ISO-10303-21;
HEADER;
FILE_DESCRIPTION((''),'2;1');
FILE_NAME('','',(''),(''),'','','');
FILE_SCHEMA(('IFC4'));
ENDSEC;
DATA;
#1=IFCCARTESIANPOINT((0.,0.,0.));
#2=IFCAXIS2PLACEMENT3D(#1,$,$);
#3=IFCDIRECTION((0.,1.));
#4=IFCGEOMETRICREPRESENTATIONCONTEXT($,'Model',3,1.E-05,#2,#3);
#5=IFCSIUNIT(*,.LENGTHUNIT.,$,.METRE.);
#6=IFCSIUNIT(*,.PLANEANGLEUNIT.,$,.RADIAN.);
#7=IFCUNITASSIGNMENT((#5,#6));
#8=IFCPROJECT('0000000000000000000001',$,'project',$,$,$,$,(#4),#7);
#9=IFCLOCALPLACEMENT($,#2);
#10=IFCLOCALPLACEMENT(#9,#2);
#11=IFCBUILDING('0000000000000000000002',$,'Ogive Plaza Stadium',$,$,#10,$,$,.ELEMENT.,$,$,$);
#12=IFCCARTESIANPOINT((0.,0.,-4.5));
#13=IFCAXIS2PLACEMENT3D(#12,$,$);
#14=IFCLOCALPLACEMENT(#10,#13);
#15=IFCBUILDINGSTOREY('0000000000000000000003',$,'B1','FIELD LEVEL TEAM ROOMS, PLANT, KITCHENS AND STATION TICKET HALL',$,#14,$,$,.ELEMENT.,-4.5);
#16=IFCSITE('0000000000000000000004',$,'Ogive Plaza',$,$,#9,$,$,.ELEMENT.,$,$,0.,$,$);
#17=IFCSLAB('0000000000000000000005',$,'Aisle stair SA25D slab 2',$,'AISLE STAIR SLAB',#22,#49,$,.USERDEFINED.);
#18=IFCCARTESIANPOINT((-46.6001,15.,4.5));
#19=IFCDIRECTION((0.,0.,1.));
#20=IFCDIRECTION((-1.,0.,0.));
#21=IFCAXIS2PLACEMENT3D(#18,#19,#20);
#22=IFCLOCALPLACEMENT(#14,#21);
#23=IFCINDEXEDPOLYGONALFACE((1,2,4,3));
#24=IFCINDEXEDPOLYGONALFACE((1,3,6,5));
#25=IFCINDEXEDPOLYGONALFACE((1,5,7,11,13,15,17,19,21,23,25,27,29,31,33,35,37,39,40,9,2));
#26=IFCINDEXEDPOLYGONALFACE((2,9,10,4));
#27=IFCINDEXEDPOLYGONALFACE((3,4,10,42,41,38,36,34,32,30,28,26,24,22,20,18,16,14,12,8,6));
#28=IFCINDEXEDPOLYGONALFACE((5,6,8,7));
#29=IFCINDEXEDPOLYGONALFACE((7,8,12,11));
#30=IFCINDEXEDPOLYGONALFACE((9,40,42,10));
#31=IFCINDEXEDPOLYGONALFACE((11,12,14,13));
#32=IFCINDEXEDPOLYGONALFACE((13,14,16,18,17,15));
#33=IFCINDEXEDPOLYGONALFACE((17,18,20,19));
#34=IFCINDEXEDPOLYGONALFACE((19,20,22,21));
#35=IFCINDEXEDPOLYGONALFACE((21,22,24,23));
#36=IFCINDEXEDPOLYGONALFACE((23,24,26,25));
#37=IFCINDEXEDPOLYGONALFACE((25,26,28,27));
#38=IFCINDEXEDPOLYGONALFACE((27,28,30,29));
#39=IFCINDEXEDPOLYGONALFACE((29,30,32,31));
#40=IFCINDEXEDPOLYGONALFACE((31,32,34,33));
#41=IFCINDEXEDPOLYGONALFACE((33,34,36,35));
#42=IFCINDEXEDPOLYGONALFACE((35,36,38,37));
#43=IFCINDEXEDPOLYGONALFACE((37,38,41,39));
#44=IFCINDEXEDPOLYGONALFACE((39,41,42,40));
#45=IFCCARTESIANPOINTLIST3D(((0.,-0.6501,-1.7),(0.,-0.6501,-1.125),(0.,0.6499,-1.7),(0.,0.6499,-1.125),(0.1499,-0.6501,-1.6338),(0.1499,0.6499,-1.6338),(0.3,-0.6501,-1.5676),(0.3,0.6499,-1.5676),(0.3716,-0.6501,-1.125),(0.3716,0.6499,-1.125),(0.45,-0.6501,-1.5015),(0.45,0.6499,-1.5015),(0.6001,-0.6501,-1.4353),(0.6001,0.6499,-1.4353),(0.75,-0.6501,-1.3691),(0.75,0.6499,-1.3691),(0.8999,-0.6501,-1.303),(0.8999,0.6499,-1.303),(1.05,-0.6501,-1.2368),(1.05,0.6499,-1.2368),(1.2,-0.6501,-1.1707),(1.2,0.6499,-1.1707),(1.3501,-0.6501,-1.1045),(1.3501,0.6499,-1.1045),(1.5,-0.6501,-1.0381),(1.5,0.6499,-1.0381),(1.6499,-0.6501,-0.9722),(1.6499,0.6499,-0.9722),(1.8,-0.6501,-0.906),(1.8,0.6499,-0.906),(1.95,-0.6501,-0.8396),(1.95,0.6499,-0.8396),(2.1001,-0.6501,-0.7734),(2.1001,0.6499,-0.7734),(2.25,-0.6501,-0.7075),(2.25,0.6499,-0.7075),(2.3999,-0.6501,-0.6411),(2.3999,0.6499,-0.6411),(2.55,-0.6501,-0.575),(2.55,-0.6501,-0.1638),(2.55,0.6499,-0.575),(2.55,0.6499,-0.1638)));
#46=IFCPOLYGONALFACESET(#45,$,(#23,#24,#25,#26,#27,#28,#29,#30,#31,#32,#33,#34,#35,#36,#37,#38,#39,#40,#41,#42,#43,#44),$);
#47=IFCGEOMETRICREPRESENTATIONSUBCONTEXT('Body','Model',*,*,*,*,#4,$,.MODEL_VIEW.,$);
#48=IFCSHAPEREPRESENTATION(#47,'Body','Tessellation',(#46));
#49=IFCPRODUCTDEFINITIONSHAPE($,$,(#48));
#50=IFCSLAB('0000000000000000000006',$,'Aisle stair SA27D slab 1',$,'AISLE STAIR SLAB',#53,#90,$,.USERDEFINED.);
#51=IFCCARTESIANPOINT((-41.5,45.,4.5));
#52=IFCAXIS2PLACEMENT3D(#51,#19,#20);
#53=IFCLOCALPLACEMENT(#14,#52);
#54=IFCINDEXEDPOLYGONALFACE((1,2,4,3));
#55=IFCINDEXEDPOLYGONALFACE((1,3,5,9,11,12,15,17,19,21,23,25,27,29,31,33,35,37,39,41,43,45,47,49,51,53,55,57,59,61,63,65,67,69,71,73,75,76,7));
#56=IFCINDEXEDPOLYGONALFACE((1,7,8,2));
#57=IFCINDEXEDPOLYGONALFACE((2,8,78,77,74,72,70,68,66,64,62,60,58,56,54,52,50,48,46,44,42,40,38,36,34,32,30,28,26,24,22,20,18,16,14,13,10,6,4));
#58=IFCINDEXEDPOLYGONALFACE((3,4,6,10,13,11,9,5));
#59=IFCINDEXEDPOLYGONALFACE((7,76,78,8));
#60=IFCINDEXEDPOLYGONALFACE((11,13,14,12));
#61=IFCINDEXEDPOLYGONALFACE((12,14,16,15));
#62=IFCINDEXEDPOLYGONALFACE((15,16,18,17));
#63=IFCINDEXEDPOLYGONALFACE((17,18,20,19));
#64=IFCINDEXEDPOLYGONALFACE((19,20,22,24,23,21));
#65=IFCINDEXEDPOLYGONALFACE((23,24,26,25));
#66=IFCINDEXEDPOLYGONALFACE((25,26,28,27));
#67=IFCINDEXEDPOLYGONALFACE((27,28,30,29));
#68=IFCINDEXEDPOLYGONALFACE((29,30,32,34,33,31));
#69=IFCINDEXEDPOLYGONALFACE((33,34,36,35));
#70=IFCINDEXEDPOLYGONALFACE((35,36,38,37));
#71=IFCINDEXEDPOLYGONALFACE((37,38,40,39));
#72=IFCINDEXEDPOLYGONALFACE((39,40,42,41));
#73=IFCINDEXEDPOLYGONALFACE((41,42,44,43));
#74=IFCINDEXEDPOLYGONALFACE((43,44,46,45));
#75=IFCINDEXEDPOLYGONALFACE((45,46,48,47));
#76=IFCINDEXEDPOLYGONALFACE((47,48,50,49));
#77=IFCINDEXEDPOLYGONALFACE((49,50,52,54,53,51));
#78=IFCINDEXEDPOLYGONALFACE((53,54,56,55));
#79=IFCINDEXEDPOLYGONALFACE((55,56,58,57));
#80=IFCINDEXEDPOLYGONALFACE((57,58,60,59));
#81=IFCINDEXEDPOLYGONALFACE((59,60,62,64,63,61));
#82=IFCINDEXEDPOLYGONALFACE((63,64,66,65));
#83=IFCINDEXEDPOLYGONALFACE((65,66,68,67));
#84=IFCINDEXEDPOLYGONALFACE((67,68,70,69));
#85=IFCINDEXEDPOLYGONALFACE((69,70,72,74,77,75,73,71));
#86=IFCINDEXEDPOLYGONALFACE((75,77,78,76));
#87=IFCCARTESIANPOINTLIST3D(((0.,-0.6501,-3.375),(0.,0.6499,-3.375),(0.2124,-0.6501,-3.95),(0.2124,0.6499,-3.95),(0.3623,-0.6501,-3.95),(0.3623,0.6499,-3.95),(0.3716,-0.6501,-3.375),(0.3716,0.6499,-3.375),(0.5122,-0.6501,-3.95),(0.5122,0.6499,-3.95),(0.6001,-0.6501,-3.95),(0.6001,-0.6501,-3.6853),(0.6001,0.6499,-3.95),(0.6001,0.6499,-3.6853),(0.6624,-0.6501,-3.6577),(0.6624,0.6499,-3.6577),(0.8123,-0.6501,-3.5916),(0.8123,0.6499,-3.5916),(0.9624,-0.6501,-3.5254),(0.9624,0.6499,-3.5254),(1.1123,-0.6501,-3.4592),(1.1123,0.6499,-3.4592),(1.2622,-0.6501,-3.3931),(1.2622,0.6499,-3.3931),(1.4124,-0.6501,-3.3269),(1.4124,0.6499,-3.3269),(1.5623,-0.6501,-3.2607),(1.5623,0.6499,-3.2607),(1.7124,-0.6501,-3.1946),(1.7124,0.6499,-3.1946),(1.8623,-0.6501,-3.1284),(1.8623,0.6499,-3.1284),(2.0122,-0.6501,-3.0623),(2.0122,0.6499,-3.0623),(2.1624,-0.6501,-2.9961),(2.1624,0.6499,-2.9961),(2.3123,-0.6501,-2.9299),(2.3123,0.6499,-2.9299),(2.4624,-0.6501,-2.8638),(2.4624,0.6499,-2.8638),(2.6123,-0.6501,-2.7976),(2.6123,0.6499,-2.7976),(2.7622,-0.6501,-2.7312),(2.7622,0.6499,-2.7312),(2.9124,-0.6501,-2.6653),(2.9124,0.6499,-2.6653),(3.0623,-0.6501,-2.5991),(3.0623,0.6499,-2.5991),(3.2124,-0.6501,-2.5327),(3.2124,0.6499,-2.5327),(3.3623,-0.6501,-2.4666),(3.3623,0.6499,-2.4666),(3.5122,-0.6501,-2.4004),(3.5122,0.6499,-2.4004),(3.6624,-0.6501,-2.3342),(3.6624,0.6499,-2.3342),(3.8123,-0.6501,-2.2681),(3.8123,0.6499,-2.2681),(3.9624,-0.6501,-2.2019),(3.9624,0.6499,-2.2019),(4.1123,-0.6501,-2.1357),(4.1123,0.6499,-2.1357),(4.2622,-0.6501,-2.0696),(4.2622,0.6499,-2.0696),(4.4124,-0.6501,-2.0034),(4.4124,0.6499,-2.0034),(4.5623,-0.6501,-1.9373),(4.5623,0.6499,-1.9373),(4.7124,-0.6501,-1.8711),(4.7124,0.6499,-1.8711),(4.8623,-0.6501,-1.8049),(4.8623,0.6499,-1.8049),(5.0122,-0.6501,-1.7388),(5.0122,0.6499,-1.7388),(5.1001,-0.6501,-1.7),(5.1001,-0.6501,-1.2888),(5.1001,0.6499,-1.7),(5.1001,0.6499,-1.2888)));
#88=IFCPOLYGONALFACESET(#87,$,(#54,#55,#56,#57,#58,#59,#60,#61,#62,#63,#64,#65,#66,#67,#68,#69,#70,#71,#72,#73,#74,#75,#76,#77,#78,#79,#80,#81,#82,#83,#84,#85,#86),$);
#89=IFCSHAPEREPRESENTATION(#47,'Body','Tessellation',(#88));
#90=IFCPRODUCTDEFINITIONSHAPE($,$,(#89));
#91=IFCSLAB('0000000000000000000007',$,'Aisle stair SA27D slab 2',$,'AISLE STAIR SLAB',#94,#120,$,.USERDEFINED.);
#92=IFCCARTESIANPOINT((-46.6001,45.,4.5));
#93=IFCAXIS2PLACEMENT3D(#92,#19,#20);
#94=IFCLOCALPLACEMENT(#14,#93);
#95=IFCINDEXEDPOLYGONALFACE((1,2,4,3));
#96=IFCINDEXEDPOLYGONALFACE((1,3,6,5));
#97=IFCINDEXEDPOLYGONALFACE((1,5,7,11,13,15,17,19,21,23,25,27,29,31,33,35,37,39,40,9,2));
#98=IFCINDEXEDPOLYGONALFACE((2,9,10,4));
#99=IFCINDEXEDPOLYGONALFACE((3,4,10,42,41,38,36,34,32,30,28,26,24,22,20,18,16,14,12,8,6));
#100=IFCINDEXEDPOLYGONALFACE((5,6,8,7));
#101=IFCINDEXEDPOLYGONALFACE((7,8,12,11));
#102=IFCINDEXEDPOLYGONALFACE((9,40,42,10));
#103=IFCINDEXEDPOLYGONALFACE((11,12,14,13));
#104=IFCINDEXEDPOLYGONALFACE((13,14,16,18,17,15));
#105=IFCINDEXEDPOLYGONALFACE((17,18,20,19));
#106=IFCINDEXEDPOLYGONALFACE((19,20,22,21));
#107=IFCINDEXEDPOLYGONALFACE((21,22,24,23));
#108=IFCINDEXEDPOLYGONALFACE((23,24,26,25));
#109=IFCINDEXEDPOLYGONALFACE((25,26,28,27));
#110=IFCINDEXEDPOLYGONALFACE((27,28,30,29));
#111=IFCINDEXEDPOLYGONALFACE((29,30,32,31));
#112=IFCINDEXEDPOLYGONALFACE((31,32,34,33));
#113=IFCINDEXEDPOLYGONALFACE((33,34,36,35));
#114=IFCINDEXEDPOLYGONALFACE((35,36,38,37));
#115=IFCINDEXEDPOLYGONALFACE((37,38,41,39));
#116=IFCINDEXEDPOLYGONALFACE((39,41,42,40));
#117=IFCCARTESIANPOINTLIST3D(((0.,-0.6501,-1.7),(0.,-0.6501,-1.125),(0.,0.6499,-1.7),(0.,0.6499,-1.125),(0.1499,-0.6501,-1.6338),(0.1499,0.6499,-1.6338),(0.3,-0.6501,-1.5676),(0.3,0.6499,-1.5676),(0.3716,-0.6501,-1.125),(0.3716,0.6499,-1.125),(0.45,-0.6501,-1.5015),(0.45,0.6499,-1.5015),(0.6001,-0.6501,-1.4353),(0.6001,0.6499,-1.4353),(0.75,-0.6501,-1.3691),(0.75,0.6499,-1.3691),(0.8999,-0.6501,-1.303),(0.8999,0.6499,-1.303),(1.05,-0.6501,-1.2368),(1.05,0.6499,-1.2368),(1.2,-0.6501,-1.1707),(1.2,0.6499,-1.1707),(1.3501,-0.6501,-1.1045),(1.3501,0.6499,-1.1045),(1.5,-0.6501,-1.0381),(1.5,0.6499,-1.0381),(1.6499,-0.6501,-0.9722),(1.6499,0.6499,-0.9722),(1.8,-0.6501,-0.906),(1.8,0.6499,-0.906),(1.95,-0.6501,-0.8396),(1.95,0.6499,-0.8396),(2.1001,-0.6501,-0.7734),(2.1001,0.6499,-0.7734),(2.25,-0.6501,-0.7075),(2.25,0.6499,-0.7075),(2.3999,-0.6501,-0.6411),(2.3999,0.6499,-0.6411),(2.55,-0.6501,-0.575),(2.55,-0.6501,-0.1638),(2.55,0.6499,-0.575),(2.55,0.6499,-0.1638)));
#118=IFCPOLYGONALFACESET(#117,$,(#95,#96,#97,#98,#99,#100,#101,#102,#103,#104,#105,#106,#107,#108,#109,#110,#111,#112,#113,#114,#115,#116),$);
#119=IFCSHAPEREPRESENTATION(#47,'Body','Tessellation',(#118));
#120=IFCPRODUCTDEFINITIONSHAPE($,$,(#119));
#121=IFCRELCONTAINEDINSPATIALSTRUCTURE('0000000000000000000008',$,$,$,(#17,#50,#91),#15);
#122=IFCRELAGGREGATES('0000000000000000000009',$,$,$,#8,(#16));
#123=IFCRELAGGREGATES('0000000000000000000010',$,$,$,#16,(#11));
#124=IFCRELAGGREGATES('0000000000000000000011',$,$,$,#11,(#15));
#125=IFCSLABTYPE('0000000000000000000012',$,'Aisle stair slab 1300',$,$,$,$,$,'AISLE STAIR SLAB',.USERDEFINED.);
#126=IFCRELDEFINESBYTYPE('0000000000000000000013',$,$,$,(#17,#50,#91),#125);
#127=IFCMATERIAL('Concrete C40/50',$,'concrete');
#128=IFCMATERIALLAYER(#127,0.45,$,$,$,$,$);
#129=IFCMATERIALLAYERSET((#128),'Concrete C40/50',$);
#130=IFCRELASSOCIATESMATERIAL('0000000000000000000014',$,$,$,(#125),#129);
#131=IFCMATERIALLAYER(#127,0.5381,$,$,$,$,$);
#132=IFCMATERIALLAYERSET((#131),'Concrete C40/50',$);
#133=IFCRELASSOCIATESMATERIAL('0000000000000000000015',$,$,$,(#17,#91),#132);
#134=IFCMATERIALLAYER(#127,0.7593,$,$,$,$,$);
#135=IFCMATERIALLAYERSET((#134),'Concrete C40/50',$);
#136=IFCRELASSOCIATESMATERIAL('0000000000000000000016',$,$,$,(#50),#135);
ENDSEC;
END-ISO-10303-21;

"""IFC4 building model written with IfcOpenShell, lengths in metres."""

from ifc_helpers import new_model, si_unit, direction, frame, origin, place, context, subcontext, project, spatial, polyline, outline, extrude, material, layer, layer_set, type_object, element, save


model = new_model("IFC4")

# Units and contexts
model_context = context("Model", 3, precision=1e-05, world=origin(), true_north=direction((0.0, 1.0)))
body_context = subcontext(model_context, "Body", "Model", "MODEL_VIEW")
ifc_project = project(units=[si_unit("LENGTHUNIT", "METRE"), si_unit("PLANEANGLEUNIT", "RADIAN")], contexts=[model_context])

# Site, building, storey
site_placement = place(None, origin())
site = spatial("IfcSite", under=ifc_project, at=site_placement, Name="Ogive Plaza", CompositionType="ELEMENT", RefElevation=0.0)
building_placement = place(site_placement, origin())
building = spatial("IfcBuilding", under=site, at=building_placement, Name="Ogive Plaza Stadium", CompositionType="ELEMENT")
storey_placement = place(building_placement, frame((0.0, 0.0, -4.5)))
storey = spatial("IfcBuildingStorey", under=building, at=storey_placement, Name="B1", Description="FIELD LEVEL TEAM ROOMS, PLANT, KITCHENS AND STATION TICKET HALL", CompositionType="ELEMENT", Elevation=-4.5)

# Slabs
ifc_material_1 = material(Name="Concrete C40/50", Category="concrete")
ifc_layer_1 = layer(ifc_material_1, 0.7593)
ifc_layer_set_1 = layer_set([ifc_layer_1], Name="Concrete C40/50")
ifc_layer_2 = layer(ifc_material_1, 0.45)
ifc_layer_set_2 = layer_set([ifc_layer_2], Name="Concrete C40/50")
slab_type = type_object("IfcSlabType", Name="Aisle stair slab 1300", ElementType="AISLE STAIR SLAB", PredefinedType="USERDEFINED", material=ifc_layer_set_2)
ifc_layer_3 = layer(ifc_material_1, 0.5381)
ifc_layer_set_3 = layer_set([ifc_layer_3], Name="Concrete C40/50")
slab_1_placement = place(storey_placement, frame((-46.6001, 15.0, 4.5), z_axis=(0.0, 0.0, 1.0), x_axis=(-1.0, 0.0, 0.0)))
element("IfcSlab", 1, at=slab_1_placement, inside=storey, type_object=slab_type, material=ifc_layer_set_3, Name="Aisle stair SA25D slab 2", ObjectType="AISLE STAIR SLAB", PredefinedType="USERDEFINED", context=body_context, shape_type="SweptSolid", body=[
    extrude(outline(polyline([(0.0, -1.125), (0.3716, -1.125), (2.55, -0.1638), (2.55, -0.575), (2.3999, -0.6411), (2.25, -0.7075), (2.1001, -0.7734), (1.95, -0.8396), (1.8, -0.906), (1.6499, -0.9722), (1.5, -1.0381), (1.3501, -1.1045), (1.2, -1.1707), (1.05, -1.2368), (0.8999, -1.303), (0.75, -1.3691), (0.6001, -1.4353), (0.45, -1.5015), (0.3, -1.5676), (0.1499, -1.6338), (0.0, -1.7), (0.0, -1.125)])), frame((0.0, 0.6499, 0.0), z_axis=(0.0, -1.0, 0.0), x_axis=(1.0, 0.0, 0.0)), (0.0, 0.0, 1.0), 1.3),
])
slab_2_placement = place(storey_placement, frame((-41.5, 45.0, 4.5), z_axis=(0.0, 0.0, 1.0), x_axis=(-1.0, 0.0, 0.0)))
element("IfcSlab", 2, at=slab_2_placement, inside=storey, type_object=slab_type, material=ifc_layer_set_1, Name="Aisle stair SA27D slab 1", ObjectType="AISLE STAIR SLAB", PredefinedType="USERDEFINED", context=body_context, shape_type="SweptSolid", body=[
    extrude(outline(polyline([(0.0, -3.375), (0.3716, -3.375), (5.1001, -1.2888), (5.1001, -1.7), (5.0122, -1.7388), (4.8623, -1.8049), (4.7124, -1.8711), (4.5623, -1.9373), (4.4124, -2.0034), (4.2622, -2.0696), (4.1123, -2.1357), (3.9624, -2.2019), (3.8123, -2.2681), (3.6624, -2.3342), (3.5122, -2.4004), (3.3623, -2.4666), (3.2124, -2.5327), (3.0623, -2.5991), (2.9124, -2.6653), (2.7622, -2.7312), (2.6123, -2.7976), (2.4624, -2.8638), (2.3123, -2.9299), (2.1624, -2.9961), (2.0122, -3.0623), (1.8623, -3.1284), (1.7124, -3.1946), (1.5623, -3.2607), (1.4124, -3.3269), (1.2622, -3.3931), (1.1123, -3.4592), (0.9624, -3.5254), (0.8123, -3.5916), (0.6624, -3.6577), (0.6001, -3.6853), (0.6001, -3.95), (0.5122, -3.95), (0.3623, -3.95), (0.2124, -3.95), (0.0, -3.375)])), frame((0.0, 0.6499, 0.0), z_axis=(0.0, -1.0, 0.0), x_axis=(1.0, 0.0, 0.0)), (0.0, 0.0, 1.0), 1.3),
])
slab_3_placement = place(storey_placement, frame((-46.6001, 45.0, 4.5), z_axis=(0.0, 0.0, 1.0), x_axis=(-1.0, 0.0, 0.0)))
element("IfcSlab", 3, at=slab_3_placement, inside=storey, type_object=slab_type, material=ifc_layer_set_3, Name="Aisle stair SA27D slab 2", ObjectType="AISLE STAIR SLAB", PredefinedType="USERDEFINED", context=body_context, shape_type="SweptSolid", body=[
    extrude(outline(polyline([(0.0, -1.125), (0.3716, -1.125), (2.55, -0.1638), (2.55, -0.575), (2.3999, -0.6411), (2.25, -0.7075), (2.1001, -0.7734), (1.95, -0.8396), (1.8, -0.906), (1.6499, -0.9722), (1.5, -1.0381), (1.3501, -1.1045), (1.2, -1.1707), (1.05, -1.2368), (0.8999, -1.303), (0.75, -1.3691), (0.6001, -1.4353), (0.45, -1.5015), (0.3, -1.5676), (0.1499, -1.6338), (0.0, -1.7), (0.0, -1.125)])), frame((0.0, 0.6499, 0.0), z_axis=(0.0, -1.0, 0.0), x_axis=(1.0, 0.0, 0.0)), (0.0, 0.0, 1.0), 1.3),
])

save(model, "model.ifc")
